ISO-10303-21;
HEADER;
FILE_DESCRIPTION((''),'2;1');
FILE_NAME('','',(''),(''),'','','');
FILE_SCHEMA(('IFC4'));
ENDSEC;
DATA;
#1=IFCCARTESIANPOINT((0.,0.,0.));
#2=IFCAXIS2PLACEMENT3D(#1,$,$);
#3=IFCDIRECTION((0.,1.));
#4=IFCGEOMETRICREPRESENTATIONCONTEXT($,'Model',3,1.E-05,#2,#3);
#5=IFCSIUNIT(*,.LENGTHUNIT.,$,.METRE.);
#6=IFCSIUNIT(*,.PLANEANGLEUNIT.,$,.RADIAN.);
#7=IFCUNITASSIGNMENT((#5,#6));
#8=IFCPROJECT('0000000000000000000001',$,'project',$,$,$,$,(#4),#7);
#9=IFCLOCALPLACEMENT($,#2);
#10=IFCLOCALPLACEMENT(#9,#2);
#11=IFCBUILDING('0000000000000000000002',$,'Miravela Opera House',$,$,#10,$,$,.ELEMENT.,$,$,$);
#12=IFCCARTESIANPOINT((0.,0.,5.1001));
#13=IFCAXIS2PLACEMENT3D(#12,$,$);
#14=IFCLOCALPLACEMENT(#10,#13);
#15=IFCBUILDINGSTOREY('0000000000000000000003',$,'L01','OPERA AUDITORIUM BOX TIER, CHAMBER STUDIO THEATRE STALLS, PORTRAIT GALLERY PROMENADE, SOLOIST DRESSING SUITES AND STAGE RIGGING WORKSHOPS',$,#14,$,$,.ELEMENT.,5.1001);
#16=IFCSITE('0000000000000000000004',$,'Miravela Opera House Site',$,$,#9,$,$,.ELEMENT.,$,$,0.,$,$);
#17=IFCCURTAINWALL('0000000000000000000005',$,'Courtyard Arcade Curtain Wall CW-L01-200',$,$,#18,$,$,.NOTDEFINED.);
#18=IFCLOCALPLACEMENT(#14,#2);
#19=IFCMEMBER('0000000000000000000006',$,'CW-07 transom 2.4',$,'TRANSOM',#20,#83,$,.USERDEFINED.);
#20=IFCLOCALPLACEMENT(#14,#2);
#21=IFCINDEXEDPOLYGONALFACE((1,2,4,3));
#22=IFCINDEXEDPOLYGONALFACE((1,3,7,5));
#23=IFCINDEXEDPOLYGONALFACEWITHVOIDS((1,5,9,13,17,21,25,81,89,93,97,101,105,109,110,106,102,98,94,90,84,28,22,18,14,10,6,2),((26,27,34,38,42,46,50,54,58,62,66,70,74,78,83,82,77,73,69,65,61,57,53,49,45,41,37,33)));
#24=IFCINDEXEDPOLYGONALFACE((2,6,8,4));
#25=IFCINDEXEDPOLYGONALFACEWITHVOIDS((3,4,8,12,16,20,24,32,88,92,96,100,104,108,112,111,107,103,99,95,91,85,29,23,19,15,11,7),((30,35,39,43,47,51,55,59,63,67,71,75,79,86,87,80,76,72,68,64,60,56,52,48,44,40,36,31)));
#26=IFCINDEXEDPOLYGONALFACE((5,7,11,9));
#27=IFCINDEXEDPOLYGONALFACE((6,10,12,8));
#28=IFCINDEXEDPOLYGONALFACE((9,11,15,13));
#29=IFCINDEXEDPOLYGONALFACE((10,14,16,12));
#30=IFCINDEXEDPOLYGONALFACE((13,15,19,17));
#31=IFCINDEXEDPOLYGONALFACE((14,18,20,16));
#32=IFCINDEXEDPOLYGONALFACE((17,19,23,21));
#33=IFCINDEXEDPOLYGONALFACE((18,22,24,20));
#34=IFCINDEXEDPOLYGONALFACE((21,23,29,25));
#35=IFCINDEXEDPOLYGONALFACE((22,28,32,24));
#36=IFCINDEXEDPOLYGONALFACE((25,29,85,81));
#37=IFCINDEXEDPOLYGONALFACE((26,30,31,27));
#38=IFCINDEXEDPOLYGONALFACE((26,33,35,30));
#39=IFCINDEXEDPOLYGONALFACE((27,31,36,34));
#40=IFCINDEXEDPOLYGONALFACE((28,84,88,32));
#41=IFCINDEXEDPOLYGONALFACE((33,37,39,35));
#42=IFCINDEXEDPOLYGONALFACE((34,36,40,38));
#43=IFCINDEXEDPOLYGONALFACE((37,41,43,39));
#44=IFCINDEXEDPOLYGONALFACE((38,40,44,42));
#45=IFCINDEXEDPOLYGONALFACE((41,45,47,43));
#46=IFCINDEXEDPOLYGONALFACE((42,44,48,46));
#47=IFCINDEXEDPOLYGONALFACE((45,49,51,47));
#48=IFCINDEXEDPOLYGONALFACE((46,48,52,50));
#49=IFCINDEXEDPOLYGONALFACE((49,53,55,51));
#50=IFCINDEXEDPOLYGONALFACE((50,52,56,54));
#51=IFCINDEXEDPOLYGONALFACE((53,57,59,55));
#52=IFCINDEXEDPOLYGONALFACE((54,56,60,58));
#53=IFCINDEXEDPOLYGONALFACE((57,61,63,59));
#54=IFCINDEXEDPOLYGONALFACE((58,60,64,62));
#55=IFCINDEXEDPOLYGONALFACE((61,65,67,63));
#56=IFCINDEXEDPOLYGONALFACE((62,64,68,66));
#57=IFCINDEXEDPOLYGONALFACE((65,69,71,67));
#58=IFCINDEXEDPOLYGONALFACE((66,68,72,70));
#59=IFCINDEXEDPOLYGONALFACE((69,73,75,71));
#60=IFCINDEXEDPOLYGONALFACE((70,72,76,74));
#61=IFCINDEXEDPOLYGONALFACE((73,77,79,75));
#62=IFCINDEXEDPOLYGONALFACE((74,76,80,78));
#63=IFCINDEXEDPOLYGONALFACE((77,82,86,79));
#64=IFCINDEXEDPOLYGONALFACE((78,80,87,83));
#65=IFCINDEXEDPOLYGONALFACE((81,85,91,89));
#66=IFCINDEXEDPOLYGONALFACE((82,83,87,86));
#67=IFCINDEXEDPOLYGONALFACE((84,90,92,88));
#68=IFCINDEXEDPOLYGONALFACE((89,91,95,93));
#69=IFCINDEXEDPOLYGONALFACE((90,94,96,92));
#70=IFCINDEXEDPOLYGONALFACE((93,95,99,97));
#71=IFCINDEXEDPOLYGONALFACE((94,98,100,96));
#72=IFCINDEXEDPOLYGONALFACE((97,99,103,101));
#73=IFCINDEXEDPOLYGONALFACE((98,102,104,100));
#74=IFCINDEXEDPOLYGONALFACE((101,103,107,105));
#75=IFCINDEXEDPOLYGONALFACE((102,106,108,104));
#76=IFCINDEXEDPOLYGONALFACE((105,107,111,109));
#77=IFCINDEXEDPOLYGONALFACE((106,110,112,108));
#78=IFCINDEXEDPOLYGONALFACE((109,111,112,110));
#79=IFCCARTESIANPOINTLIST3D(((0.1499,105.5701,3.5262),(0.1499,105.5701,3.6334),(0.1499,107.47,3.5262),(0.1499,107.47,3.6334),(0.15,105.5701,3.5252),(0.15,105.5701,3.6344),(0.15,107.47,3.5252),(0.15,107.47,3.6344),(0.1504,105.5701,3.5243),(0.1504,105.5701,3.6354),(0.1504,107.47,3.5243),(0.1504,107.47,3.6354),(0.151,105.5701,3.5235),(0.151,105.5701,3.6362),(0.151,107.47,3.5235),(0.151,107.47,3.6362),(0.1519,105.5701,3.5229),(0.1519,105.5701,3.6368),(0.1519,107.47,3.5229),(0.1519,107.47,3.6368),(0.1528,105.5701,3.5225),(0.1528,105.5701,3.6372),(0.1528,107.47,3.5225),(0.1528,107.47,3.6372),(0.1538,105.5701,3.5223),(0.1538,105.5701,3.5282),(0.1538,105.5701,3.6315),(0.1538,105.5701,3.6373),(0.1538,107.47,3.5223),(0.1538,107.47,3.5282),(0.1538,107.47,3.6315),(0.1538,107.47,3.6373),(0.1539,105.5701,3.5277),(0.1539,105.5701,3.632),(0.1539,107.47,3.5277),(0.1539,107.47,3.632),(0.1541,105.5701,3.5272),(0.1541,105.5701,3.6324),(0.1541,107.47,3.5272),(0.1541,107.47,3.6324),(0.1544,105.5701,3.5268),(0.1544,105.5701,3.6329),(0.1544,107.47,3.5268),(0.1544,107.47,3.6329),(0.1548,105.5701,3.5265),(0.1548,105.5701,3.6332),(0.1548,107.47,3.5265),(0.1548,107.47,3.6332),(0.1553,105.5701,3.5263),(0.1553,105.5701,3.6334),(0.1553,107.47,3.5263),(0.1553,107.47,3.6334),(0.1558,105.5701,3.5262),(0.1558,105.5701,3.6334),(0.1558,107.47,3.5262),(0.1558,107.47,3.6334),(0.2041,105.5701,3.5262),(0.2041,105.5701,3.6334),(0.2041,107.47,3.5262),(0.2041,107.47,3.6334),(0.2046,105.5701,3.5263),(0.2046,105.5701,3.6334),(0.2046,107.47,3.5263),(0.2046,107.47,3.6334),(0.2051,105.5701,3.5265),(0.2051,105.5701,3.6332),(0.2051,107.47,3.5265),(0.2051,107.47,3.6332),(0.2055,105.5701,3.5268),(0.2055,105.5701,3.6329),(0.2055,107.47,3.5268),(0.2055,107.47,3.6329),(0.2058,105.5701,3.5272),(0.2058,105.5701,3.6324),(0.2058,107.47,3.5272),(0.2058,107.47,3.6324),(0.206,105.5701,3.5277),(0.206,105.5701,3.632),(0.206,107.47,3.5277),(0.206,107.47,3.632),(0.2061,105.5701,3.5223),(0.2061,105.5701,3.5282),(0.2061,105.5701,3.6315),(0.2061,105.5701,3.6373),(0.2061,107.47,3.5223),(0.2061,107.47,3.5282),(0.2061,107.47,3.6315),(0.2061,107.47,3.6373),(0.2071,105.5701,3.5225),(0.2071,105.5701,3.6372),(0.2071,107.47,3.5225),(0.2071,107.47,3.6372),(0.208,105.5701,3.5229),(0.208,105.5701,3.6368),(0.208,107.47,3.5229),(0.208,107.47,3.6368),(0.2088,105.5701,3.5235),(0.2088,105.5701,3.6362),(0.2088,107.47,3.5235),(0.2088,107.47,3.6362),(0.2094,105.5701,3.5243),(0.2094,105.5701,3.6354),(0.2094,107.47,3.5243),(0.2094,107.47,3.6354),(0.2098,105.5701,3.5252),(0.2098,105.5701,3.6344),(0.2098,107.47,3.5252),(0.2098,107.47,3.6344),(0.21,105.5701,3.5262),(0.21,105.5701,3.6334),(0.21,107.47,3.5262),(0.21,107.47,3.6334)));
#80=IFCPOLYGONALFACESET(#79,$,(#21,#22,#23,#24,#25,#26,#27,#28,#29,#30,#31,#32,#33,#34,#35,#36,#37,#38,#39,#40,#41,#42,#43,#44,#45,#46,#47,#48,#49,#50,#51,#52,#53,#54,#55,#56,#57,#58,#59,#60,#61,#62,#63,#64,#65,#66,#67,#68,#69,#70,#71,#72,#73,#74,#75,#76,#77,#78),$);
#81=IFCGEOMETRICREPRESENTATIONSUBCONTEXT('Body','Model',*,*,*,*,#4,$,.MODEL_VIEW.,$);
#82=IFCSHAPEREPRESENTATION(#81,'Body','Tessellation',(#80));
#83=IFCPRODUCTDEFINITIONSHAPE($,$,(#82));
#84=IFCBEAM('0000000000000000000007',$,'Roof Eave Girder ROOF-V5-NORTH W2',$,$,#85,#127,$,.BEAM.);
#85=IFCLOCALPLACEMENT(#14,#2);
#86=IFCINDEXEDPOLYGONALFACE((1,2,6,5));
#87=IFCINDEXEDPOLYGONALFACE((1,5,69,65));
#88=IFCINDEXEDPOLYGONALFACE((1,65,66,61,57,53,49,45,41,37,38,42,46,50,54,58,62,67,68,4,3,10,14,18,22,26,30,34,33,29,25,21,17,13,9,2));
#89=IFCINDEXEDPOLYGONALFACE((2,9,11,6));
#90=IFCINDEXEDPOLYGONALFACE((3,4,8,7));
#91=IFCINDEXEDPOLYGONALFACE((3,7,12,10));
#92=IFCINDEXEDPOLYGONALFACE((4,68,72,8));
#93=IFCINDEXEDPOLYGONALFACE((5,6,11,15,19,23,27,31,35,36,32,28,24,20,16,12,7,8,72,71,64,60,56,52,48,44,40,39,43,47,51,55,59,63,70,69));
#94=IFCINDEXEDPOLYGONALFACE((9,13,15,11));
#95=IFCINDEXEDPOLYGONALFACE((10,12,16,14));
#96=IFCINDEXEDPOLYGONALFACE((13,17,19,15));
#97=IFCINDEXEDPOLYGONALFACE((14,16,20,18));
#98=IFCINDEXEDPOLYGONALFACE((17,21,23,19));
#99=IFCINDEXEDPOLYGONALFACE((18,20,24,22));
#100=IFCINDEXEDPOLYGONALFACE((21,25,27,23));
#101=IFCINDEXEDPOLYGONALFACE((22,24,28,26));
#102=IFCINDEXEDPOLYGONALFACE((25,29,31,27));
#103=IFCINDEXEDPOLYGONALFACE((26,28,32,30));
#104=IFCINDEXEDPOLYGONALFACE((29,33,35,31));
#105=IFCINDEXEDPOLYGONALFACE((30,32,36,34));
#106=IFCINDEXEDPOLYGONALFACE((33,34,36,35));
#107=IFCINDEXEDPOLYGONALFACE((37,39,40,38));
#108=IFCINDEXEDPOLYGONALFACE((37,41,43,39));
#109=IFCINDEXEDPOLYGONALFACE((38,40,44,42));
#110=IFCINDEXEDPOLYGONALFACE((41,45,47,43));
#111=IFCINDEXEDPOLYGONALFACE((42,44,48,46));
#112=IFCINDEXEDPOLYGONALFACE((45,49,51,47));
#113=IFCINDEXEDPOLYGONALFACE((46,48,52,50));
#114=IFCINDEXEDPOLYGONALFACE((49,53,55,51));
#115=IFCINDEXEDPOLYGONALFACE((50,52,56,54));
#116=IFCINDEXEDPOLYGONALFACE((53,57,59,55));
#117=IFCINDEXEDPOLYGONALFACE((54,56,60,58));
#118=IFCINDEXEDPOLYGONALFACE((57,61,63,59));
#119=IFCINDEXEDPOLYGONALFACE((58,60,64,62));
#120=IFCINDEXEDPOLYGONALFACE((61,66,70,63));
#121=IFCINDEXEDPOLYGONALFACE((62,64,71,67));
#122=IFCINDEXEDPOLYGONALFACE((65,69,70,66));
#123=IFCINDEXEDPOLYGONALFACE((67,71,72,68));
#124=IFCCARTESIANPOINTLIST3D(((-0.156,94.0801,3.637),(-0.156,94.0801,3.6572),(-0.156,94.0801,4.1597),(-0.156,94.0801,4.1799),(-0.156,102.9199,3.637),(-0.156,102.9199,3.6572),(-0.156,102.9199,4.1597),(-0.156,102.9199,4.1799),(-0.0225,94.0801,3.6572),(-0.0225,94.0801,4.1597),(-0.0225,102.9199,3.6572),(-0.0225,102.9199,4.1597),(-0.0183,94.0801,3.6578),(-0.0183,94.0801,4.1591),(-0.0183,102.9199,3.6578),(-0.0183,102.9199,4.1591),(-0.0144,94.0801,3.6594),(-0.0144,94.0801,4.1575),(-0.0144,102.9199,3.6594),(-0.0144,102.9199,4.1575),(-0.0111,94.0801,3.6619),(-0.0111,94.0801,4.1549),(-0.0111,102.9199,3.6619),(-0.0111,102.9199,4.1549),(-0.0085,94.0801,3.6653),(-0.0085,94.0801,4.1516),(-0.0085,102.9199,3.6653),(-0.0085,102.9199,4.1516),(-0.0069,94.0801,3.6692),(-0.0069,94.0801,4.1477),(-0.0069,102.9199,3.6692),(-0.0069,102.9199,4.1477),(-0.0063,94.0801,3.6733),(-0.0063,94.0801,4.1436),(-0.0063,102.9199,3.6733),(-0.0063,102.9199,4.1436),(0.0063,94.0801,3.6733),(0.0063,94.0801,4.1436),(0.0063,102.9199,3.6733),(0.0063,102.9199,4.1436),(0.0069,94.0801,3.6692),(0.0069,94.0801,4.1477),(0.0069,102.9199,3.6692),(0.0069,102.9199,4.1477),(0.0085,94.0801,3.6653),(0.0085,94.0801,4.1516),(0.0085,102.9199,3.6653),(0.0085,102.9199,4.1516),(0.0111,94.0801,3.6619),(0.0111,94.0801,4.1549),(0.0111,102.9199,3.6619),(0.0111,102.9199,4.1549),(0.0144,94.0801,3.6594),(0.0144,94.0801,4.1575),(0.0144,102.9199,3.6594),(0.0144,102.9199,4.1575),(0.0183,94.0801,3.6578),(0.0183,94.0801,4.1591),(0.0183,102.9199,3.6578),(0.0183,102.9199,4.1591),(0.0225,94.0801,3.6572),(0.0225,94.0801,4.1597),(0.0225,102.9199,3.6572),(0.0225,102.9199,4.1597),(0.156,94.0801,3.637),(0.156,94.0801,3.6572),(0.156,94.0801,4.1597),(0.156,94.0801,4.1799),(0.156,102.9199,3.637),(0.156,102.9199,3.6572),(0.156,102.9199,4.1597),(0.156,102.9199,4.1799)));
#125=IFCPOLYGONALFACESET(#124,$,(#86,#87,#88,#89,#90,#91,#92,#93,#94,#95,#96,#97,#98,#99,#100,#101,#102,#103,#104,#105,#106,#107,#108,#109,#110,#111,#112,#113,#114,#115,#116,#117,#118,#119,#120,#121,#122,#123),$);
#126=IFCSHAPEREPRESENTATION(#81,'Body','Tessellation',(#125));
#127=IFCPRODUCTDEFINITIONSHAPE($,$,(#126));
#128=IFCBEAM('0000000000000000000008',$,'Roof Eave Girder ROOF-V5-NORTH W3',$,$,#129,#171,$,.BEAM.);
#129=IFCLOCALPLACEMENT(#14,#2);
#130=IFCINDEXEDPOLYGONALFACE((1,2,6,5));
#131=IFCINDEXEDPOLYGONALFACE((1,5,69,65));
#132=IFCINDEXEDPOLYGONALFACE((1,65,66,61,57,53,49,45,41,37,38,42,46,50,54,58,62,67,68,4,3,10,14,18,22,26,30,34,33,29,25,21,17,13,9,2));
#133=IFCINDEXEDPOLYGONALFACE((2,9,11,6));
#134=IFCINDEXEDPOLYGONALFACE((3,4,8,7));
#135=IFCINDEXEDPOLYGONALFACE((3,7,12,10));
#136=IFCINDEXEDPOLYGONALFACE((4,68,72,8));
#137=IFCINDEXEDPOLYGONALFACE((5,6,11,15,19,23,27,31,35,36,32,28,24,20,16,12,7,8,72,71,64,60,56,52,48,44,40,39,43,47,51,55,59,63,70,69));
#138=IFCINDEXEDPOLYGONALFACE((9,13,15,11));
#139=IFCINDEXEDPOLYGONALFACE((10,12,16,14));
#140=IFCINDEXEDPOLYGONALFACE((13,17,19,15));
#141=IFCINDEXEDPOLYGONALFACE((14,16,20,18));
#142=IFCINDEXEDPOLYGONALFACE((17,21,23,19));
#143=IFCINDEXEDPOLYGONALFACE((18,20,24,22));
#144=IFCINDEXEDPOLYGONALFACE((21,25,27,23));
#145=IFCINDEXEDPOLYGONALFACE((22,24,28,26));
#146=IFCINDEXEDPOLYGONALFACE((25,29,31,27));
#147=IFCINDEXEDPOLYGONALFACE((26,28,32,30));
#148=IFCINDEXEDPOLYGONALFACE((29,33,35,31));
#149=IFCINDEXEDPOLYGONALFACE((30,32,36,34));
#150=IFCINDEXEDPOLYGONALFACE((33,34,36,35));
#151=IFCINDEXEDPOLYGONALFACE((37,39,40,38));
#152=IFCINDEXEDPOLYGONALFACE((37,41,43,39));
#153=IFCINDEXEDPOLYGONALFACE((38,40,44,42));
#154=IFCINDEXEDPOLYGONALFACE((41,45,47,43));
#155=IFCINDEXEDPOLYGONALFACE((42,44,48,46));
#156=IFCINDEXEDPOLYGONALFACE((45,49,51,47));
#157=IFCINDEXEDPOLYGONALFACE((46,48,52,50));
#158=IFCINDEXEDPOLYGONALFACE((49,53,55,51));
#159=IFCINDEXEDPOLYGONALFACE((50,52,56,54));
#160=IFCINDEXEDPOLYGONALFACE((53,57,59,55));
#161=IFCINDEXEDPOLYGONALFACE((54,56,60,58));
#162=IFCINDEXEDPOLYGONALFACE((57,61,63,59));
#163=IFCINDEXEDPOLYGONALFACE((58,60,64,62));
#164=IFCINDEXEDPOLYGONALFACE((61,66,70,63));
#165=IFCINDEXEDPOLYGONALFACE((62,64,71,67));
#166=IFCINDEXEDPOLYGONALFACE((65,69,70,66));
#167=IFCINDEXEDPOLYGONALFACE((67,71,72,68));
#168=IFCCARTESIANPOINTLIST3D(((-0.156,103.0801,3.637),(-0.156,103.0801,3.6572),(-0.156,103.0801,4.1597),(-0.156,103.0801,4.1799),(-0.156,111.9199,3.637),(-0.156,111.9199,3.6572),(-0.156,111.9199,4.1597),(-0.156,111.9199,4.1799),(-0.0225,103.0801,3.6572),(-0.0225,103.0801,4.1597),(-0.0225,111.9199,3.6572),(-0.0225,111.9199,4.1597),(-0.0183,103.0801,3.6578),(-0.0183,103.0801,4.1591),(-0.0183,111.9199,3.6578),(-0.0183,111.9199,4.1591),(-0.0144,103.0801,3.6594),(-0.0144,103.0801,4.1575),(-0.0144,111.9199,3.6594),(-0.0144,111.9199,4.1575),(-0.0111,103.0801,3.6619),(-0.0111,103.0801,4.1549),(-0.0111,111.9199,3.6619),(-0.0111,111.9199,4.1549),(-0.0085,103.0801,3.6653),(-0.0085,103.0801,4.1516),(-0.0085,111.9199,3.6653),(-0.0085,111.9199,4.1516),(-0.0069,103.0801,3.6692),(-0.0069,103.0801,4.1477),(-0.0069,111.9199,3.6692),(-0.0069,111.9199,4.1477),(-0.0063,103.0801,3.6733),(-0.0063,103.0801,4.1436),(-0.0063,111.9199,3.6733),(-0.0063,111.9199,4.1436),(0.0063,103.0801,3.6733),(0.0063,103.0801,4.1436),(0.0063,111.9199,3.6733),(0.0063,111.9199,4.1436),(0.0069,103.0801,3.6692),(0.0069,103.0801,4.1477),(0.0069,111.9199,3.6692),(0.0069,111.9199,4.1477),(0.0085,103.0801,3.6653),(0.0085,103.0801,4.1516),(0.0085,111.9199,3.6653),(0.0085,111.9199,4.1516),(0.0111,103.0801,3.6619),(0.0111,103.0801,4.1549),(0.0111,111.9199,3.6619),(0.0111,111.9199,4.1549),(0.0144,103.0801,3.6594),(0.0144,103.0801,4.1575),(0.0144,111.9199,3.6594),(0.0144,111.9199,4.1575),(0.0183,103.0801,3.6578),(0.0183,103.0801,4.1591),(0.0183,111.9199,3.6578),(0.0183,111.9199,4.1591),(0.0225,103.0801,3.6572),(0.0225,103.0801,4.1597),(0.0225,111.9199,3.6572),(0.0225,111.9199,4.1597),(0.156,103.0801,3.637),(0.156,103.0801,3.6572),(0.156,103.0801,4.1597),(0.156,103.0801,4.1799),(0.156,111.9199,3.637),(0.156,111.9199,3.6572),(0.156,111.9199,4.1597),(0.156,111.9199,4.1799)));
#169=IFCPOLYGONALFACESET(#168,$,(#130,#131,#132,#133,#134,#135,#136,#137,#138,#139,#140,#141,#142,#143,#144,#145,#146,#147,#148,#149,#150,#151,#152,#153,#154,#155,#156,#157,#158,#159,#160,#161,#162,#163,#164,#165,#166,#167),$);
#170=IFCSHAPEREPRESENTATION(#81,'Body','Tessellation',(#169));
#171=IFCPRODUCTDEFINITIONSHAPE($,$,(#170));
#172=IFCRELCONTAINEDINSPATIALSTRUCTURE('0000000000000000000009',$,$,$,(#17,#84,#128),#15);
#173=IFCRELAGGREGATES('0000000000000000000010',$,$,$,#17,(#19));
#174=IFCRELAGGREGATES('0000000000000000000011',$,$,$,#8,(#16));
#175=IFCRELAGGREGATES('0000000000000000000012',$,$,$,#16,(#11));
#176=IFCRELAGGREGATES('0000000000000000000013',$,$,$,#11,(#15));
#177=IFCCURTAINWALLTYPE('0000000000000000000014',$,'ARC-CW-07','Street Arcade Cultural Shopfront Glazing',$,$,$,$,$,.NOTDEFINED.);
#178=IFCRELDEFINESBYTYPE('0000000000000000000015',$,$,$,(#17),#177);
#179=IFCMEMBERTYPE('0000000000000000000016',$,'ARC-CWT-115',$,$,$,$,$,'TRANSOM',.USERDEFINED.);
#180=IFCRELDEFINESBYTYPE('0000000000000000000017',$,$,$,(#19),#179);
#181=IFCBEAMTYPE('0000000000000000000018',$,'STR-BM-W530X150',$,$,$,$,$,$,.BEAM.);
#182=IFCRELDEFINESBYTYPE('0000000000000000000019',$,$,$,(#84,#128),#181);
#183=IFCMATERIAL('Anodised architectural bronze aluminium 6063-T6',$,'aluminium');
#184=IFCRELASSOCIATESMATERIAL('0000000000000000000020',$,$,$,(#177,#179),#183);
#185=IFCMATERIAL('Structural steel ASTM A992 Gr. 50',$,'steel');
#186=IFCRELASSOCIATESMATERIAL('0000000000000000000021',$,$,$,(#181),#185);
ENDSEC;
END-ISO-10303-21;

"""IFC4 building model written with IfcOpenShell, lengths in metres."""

from ifc_helpers import new_model, si_unit, direction, frame, origin, origin_2d, place, context, subcontext, project, spatial, hollow_rectangle, i_section, extrude, material, material_profile, profile_set, type_object, element, aggregate, save


model = new_model("IFC4")

# Units and contexts
model_context = context("Model", 3, precision=1e-05, world=origin(), true_north=direction((0.0, 1.0)))
body_context = subcontext(model_context, "Body", "Model", "MODEL_VIEW")
ifc_project = project(units=[si_unit("LENGTHUNIT", "METRE"), si_unit("PLANEANGLEUNIT", "RADIAN")], contexts=[model_context])

# Site, building, storey
site_placement = place(None, origin())
site = spatial("IfcSite", under=ifc_project, at=site_placement, Name="Miravela Opera House Site", CompositionType="ELEMENT", RefElevation=0.0)
building_placement = place(site_placement, origin())
building = spatial("IfcBuilding", under=site, at=building_placement, Name="Miravela Opera House", CompositionType="ELEMENT")
storey_placement = place(building_placement, frame((0.0, 0.0, 5.1001)))
storey = spatial("IfcBuildingStorey", under=building, at=storey_placement, Name="L01", Description="OPERA AUDITORIUM BOX TIER, CHAMBER STUDIO THEATRE STALLS, PORTRAIT GALLERY PROMENADE, SOLOIST DRESSING SUITES AND STAGE RIGGING WORKSHOPS", CompositionType="ELEMENT", Elevation=5.1001)

# Shared definitions
ifc_material_1 = material(Name="Anodised architectural bronze aluminium 6063-T6", Category="aluminium")
curtain_wall_type = type_object("IfcCurtainWallType", Name="ARC-CW-07", Description="Street Arcade Cultural Shopfront Glazing", PredefinedType="NOTDEFINED", material=ifc_material_1)

# Curtain wall, member
curtain_wall_1_placement = place(storey_placement, origin())
curtain_wall_1 = element("IfcCurtainWall", 1, at=curtain_wall_1_placement, inside=storey, type_object=curtain_wall_type, Name="Courtyard Arcade Curtain Wall CW-L01-200", PredefinedType="NOTDEFINED")
ifc_material_profile_1 = material_profile(ifc_material_1, hollow_rectangle(XDim=0.0601, YDim=0.115, WallThickness=0.0039, InnerFilletRadius=0.002, OuterFilletRadius=0.0039, at=origin_2d()), Name="CWT-60X115")
ifc_profile_set_1 = profile_set([ifc_material_profile_1])
member_type_1 = type_object("IfcMemberType", Name="ARC-CWT-115", ElementType="TRANSOM", PredefinedType="USERDEFINED", material=ifc_profile_set_1)
member_1_placement = place(storey_placement, frame((0.1799, 105.5701, 3.5798), z_axis=(0.0, 1.0, 0.0), x_axis=(-1.0, 0.0, 0.0)))
member_1 = element("IfcMember", 2, at=member_1_placement, type_object=member_type_1, Name="CW-07 transom 2.4", ObjectType="TRANSOM", PredefinedType="USERDEFINED", context=body_context, shape_type="SweptSolid", body=[
    extrude(hollow_rectangle(XDim=0.0601, YDim=0.115, WallThickness=0.0039, InnerFilletRadius=0.002, OuterFilletRadius=0.0039, at=origin_2d()), origin(), (0.0, 0.0, 1.0), 1.8999),
])

# Beams
ifc_material_2 = material(Name="Structural steel ASTM A992 Gr. 50", Category="steel")
ifc_material_profile_2 = material_profile(ifc_material_2, i_section(OverallWidth=0.312, OverallDepth=0.543, WebThickness=0.0127, FlangeThickness=0.0203, FilletRadius=0.0161, at=origin_2d()), Name="W530X150")
ifc_profile_set_2 = profile_set([ifc_material_profile_2])
beam_type = type_object("IfcBeamType", Name="STR-BM-W530X150", PredefinedType="BEAM", material=ifc_profile_set_2)
for number, where, z_axis, x_axis, name in (
    (3, (0.0, 94.0801, 3.9084), (0.0, 1.0, 0.0), (-1.0, 0.0, 0.0), "Roof Eave Girder ROOF-V5-NORTH W2"),
    (4, (0.0, 103.0801, 3.9084), (0.0, 1.0, 0.0), (-1.0, 0.0, 0.0), "Roof Eave Girder ROOF-V5-NORTH W3"),
):
    element("IfcBeam", number, at=place(storey_placement, frame(where, z_axis=z_axis, x_axis=x_axis)), inside=storey, type_object=beam_type, Name=name, PredefinedType="BEAM", context=body_context, shape_type="SweptSolid", body=[
        extrude(i_section(OverallWidth=0.312, OverallDepth=0.543, WebThickness=0.0127, FlangeThickness=0.0203, FilletRadius=0.0161, at=origin_2d()), origin(), (0.0, 0.0, 1.0), 8.8398),
    ])

aggregate(curtain_wall_1, [member_1])

save(model, "model.ifc")
